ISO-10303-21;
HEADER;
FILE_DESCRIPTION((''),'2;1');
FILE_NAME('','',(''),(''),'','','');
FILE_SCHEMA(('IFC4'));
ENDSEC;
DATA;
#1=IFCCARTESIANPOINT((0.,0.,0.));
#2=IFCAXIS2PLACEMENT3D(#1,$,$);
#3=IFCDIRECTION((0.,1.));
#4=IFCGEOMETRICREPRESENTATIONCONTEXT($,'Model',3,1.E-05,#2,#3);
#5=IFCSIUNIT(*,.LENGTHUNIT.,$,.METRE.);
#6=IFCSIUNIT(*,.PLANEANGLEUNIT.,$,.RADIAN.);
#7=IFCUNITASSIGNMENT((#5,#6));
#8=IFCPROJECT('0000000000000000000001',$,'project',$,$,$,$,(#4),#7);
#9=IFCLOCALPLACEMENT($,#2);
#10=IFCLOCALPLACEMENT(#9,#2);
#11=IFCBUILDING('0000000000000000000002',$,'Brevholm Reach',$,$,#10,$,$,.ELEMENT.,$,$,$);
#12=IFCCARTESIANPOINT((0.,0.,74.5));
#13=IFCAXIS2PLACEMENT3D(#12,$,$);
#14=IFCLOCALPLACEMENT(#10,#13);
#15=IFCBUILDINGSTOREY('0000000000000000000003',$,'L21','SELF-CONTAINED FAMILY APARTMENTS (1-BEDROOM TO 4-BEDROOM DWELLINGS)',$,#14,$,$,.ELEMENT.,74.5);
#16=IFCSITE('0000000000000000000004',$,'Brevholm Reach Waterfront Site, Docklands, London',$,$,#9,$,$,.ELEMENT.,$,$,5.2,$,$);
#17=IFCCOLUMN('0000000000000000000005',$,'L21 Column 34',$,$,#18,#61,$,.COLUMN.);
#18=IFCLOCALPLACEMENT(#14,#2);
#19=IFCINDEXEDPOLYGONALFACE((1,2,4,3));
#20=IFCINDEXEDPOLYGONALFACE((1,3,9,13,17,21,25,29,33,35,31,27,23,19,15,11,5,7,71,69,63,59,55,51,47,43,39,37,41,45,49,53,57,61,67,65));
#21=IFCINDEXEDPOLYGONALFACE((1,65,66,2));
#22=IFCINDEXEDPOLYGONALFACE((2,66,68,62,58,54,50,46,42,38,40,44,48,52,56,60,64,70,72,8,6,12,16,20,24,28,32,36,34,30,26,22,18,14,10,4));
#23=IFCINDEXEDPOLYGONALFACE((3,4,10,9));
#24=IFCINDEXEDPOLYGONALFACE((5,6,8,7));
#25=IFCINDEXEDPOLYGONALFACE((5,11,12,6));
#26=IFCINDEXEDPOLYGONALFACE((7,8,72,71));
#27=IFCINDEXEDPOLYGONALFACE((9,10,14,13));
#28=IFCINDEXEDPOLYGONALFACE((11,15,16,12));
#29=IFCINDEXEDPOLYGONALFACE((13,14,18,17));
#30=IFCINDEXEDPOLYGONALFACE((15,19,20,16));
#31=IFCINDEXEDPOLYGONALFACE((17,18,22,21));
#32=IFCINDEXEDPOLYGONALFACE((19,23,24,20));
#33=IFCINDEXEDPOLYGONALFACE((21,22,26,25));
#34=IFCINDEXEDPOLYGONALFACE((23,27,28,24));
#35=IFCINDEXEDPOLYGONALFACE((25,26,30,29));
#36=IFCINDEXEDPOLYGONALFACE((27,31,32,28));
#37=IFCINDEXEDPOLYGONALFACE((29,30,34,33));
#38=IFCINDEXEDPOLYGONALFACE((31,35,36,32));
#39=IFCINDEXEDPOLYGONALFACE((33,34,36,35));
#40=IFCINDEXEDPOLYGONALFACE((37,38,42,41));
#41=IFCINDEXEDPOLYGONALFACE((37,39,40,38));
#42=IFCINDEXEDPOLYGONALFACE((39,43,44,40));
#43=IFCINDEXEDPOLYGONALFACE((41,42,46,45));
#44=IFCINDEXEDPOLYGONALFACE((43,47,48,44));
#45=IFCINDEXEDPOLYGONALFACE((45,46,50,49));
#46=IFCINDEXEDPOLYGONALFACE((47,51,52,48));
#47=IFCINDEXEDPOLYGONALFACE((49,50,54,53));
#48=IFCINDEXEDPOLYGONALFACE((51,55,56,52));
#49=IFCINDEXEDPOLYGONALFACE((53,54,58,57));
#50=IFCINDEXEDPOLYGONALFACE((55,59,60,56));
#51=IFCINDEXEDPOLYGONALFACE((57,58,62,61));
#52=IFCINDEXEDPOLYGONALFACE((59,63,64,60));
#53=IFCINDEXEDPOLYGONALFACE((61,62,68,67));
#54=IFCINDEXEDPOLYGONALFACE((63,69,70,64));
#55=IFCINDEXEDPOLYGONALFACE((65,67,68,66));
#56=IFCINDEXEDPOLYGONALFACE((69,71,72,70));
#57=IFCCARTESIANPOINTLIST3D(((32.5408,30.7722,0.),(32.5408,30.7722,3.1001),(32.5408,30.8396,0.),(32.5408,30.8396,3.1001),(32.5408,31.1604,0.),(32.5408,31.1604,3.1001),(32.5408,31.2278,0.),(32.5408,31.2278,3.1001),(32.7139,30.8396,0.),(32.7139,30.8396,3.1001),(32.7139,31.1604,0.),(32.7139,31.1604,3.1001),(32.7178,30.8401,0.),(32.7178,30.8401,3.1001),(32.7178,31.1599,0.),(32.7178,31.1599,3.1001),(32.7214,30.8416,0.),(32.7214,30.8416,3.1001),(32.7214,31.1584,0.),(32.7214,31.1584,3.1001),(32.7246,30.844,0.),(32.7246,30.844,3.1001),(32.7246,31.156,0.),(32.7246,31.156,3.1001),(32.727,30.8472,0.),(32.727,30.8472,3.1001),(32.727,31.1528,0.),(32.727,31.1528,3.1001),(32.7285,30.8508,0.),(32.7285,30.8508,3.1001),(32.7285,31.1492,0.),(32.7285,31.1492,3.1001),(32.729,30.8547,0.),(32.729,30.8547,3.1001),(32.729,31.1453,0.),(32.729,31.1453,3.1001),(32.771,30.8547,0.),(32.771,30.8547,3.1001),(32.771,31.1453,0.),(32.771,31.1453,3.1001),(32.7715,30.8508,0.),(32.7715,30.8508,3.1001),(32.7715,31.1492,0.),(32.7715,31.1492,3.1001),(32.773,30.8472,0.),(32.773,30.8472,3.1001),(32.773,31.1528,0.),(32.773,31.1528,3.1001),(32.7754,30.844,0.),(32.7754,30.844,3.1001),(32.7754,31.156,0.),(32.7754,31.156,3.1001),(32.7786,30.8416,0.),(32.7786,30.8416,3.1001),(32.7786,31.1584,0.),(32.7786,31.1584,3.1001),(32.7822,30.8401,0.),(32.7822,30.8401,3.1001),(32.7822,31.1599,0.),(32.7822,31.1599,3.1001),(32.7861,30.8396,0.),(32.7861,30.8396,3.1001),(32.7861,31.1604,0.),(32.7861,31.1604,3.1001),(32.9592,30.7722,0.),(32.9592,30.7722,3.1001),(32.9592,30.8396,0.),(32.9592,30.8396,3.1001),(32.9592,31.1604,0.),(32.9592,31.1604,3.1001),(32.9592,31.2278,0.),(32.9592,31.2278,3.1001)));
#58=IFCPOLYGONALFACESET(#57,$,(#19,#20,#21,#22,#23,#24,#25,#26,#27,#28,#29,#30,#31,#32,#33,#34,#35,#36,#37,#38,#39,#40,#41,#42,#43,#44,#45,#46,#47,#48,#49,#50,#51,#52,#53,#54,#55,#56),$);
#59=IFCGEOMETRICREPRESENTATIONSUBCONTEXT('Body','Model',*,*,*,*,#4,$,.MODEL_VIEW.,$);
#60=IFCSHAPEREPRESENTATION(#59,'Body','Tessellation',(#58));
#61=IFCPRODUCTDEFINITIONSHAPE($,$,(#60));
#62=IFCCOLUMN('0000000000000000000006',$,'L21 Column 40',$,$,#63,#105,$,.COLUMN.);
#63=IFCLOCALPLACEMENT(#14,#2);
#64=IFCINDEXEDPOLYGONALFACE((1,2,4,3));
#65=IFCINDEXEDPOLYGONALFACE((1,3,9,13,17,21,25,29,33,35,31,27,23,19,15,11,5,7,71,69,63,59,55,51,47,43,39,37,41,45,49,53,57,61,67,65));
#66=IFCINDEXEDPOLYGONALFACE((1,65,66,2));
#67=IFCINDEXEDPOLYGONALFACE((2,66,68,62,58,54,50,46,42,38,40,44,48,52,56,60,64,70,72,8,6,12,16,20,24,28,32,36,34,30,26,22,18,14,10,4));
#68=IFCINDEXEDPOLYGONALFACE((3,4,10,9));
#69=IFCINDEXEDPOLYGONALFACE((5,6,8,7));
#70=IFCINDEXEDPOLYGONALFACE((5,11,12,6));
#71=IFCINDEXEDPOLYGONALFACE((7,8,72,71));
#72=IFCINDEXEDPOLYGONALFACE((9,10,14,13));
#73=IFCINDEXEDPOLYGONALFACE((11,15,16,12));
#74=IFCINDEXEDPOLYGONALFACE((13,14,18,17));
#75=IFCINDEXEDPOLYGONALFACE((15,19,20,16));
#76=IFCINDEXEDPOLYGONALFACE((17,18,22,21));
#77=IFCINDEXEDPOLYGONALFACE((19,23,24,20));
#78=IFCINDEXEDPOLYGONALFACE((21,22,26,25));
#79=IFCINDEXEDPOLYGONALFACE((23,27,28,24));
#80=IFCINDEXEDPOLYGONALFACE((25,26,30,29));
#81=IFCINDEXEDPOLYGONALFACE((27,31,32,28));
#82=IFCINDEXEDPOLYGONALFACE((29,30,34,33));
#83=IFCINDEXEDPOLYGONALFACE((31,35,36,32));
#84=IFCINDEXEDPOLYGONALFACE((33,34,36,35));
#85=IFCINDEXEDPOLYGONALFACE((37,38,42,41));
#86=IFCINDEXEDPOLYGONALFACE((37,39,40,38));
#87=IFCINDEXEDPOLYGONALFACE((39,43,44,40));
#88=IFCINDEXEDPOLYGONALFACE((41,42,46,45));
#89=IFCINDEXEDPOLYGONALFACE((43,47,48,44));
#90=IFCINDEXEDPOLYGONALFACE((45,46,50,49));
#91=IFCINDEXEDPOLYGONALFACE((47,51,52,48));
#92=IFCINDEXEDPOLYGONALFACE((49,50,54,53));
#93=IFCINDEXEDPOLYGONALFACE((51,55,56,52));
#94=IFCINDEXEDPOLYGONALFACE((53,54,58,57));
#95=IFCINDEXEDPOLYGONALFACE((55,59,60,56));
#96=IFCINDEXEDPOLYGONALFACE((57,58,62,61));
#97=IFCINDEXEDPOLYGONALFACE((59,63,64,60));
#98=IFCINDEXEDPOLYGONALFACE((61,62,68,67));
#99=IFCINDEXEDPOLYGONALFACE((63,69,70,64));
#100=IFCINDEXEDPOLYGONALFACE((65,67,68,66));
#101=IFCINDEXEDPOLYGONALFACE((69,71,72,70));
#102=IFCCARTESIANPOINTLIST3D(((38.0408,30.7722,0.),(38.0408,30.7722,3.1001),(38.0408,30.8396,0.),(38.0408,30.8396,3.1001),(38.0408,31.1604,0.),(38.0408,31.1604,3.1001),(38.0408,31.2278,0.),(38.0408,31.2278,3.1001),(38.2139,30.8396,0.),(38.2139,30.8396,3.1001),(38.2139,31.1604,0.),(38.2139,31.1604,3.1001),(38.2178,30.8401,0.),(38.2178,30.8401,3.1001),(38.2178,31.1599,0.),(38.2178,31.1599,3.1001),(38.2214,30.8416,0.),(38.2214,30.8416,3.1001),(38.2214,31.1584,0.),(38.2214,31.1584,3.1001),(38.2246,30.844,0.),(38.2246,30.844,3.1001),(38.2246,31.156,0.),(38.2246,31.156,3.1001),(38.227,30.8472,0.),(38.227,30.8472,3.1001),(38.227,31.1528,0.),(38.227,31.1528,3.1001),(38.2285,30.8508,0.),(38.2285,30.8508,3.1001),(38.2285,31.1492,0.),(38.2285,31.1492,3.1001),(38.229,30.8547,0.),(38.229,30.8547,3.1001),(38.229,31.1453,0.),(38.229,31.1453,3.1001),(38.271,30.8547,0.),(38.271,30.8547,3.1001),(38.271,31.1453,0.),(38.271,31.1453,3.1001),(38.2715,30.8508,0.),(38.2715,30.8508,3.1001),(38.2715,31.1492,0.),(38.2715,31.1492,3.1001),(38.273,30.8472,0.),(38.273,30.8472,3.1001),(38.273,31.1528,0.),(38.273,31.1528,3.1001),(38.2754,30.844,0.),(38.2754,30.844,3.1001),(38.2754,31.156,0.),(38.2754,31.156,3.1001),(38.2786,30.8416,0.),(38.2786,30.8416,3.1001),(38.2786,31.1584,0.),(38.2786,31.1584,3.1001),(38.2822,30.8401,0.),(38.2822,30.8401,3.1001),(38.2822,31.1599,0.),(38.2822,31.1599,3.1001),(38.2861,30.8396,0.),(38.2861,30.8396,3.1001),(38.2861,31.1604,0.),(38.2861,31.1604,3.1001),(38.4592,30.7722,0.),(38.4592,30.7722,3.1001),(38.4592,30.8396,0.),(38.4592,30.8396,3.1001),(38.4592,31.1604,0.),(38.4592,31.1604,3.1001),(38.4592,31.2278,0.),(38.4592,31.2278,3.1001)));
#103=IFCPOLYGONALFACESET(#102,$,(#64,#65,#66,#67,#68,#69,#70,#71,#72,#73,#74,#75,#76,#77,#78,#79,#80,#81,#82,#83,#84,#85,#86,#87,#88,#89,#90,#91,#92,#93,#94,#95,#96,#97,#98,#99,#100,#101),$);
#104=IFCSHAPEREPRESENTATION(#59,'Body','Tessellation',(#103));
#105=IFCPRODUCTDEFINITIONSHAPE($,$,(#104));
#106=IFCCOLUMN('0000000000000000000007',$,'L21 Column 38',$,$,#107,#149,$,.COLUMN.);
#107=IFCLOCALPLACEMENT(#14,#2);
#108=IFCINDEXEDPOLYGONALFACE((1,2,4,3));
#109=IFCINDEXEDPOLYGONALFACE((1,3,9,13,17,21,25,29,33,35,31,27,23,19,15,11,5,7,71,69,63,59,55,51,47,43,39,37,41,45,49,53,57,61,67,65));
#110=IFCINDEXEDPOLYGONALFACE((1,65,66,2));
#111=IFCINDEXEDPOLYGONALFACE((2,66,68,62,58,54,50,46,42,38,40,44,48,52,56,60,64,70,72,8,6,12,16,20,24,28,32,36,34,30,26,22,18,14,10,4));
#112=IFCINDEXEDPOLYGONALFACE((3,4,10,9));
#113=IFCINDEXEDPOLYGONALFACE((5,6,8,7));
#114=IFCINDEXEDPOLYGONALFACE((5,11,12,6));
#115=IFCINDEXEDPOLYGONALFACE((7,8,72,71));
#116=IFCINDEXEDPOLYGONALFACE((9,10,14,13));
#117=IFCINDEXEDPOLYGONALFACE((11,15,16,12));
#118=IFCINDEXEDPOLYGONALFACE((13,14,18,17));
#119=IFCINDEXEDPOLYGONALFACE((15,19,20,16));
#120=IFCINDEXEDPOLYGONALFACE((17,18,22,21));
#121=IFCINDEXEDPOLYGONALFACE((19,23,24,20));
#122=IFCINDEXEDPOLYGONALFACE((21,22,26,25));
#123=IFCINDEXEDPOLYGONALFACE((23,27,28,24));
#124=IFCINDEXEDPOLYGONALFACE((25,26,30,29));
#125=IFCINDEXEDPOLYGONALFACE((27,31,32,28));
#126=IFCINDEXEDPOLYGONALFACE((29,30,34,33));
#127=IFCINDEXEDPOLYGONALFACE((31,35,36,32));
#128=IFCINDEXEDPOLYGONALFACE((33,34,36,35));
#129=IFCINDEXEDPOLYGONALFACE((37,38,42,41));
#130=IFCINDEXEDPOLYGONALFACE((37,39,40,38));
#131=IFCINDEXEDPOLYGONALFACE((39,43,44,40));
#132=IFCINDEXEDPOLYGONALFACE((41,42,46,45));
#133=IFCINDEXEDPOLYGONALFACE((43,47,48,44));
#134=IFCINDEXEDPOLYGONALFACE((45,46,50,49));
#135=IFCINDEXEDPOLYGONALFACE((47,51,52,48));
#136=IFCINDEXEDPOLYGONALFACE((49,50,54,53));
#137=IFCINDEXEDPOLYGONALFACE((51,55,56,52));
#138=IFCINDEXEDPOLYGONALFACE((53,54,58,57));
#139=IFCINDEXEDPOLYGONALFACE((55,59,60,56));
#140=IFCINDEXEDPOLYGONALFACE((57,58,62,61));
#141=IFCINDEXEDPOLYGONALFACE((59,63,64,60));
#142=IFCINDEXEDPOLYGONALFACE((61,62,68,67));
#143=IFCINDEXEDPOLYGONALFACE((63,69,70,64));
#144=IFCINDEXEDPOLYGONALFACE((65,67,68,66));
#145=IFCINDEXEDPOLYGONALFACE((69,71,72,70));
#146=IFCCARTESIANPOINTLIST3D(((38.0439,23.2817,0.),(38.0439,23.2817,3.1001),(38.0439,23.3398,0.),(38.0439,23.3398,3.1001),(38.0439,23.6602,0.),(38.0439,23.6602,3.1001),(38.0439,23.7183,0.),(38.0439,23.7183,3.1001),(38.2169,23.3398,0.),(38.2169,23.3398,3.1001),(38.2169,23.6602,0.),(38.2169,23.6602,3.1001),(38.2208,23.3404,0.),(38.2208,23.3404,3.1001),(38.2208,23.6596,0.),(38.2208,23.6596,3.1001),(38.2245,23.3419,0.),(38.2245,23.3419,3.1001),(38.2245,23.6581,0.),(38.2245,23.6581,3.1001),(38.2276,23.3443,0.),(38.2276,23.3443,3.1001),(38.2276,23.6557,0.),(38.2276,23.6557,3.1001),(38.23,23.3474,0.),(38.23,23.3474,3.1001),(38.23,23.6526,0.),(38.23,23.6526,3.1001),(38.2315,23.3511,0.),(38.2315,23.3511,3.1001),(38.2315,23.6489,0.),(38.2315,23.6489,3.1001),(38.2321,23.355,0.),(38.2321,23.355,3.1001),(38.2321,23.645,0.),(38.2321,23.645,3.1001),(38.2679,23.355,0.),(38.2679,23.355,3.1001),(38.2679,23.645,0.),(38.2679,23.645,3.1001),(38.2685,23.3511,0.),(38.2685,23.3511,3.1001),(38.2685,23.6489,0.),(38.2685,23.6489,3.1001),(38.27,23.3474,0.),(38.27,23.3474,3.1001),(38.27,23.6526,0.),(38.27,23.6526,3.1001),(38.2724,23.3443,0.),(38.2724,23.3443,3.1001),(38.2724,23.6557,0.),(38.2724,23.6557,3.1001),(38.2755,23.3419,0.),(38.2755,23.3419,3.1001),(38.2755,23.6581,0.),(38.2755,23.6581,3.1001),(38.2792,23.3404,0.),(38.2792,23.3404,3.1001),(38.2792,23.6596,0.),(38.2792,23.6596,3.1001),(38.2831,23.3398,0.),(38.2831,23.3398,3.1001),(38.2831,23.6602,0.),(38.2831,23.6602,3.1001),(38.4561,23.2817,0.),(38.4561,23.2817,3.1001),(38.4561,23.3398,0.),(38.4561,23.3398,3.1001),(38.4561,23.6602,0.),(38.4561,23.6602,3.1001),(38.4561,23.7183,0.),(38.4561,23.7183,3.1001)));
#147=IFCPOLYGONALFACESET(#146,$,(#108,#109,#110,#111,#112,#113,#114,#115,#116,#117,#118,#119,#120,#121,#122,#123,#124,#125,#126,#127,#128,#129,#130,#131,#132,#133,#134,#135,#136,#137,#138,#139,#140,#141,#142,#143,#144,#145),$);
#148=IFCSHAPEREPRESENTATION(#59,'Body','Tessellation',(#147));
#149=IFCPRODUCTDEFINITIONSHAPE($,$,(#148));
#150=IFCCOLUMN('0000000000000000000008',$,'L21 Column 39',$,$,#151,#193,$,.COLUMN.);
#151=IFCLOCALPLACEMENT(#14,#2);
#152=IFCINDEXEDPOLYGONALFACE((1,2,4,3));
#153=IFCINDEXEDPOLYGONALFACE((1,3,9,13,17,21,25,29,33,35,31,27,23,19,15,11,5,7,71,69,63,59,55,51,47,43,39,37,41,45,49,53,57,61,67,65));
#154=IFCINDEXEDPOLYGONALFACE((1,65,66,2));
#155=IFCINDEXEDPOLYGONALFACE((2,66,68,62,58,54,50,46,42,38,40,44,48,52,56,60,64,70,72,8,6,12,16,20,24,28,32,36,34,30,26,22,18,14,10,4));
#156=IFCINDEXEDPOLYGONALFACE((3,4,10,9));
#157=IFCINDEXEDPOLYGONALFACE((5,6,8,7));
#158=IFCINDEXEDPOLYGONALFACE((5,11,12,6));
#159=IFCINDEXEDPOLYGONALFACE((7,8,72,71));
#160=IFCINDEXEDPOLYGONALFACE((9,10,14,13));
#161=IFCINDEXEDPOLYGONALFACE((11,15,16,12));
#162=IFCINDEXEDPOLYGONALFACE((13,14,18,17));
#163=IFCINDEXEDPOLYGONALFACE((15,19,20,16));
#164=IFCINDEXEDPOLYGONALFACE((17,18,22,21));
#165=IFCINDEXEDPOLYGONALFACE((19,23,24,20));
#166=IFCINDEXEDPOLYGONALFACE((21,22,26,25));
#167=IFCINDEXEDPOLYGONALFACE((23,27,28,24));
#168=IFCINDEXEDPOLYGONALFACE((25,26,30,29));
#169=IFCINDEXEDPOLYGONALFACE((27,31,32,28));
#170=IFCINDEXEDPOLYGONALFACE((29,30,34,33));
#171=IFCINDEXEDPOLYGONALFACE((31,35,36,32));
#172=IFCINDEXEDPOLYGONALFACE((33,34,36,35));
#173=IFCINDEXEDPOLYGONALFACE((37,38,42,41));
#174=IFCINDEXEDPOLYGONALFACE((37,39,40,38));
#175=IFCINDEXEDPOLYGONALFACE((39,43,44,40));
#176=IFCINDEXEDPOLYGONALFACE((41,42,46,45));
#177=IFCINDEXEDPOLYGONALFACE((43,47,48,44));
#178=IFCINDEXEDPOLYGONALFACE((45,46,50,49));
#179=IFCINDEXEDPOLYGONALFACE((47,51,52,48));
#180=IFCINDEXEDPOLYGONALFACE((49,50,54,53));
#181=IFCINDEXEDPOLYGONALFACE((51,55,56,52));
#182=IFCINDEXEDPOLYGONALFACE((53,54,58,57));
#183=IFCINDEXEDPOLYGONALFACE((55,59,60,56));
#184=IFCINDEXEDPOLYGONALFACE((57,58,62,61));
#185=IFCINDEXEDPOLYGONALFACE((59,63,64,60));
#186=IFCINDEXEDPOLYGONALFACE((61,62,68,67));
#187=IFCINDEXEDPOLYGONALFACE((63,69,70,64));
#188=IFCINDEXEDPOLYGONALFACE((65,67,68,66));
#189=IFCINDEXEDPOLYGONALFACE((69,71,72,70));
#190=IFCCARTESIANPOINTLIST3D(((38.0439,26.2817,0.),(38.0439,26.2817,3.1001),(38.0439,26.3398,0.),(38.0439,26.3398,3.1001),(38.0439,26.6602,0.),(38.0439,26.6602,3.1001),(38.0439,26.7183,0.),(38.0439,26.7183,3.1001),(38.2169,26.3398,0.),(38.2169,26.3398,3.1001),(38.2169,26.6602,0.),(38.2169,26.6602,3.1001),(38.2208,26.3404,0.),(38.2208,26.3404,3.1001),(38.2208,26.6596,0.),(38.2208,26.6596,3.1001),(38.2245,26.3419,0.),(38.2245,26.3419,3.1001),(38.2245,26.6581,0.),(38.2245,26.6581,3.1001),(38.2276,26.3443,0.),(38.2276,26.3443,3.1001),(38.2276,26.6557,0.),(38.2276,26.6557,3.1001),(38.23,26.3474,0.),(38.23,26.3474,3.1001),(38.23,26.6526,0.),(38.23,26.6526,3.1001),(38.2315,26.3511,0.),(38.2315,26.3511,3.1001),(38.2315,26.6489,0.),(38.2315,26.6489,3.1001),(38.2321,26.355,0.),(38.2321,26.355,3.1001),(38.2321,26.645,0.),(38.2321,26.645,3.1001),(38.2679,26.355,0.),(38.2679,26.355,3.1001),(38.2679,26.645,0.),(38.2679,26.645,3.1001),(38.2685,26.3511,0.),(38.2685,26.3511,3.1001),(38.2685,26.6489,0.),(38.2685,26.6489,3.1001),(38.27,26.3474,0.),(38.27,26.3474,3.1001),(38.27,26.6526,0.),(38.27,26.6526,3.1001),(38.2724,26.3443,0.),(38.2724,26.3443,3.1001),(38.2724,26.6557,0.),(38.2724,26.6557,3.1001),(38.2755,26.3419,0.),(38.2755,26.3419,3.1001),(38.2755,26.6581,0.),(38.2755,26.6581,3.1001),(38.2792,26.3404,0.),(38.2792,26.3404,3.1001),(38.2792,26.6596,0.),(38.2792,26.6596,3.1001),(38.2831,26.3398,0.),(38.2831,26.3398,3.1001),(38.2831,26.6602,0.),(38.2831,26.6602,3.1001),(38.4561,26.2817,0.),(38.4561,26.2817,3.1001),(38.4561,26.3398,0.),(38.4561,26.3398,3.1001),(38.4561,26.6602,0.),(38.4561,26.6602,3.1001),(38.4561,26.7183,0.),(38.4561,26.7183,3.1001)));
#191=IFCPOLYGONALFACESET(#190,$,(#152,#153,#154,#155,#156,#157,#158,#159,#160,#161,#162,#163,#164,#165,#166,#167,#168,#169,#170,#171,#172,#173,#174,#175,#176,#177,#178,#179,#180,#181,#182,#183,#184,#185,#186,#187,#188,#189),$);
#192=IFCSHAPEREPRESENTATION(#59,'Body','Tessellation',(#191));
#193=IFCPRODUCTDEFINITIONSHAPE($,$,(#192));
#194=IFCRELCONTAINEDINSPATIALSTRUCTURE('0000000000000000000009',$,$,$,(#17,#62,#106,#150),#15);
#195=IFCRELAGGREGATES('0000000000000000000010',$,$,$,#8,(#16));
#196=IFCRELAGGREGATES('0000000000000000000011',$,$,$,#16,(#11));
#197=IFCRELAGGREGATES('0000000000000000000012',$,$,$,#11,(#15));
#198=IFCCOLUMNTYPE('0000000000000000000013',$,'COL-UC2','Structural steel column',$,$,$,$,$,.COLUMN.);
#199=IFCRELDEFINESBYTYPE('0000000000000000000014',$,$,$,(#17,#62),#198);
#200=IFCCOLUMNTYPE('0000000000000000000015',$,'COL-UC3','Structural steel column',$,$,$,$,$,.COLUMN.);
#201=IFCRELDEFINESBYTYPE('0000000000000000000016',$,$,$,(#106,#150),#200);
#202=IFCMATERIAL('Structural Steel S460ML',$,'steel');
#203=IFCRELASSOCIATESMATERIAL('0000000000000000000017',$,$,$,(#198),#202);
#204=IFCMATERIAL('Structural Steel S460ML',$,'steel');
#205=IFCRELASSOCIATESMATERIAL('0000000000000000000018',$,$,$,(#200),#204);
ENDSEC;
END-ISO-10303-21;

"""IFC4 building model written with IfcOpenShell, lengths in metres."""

from ifc_helpers import new_model, si_unit, direction, frame, origin, origin_2d, place, context, subcontext, project, spatial, i_section, extrude, material, material_profile, profile_set, type_object, element, save


model = new_model("IFC4")

# Units and contexts
model_context = context("Model", 3, precision=1e-05, world=origin(), true_north=direction((0.0, 1.0)))
body_context = subcontext(model_context, "Body", "Model", "MODEL_VIEW")
ifc_project = project(units=[si_unit("LENGTHUNIT", "METRE"), si_unit("PLANEANGLEUNIT", "RADIAN")], contexts=[model_context])

# Site, building, storey
site_placement = place(None, origin())
site = spatial("IfcSite", under=ifc_project, at=site_placement, Name="Brevholm Reach Waterfront Site, Docklands, London", CompositionType="ELEMENT", RefElevation=5.2)
building_placement = place(site_placement, origin())
building = spatial("IfcBuilding", under=site, at=building_placement, Name="Brevholm Reach", CompositionType="ELEMENT")
storey_placement = place(building_placement, frame((0.0, 0.0, 74.5)))
storey = spatial("IfcBuildingStorey", under=building, at=storey_placement, Name="L21", Description="SELF-CONTAINED FAMILY APARTMENTS (1-BEDROOM TO 4-BEDROOM DWELLINGS)", CompositionType="ELEMENT", Elevation=74.5)

# Columns
ifc_material_1 = material(Name="Structural Steel S460ML", Category="steel")
ifc_material_profile_1 = material_profile(ifc_material_1, i_section(OverallWidth=0.4185, OverallDepth=0.4556, WebThickness=0.042, FlangeThickness=0.0674, FilletRadius=0.0151, at=origin_2d()), Name="UKC 356x406x551")
ifc_profile_set_1 = profile_set([ifc_material_profile_1], Name="Structural Steel S460ML")
column_type_1 = type_object("IfcColumnType", Name="COL-UC2", Description="Structural steel column", PredefinedType="COLUMN", material=ifc_profile_set_1)
for number, where, z_axis, x_axis, name in (
    (1, (32.75, 31.0, 0.0), (0.0, 0.0, 1.0), (1.0, 0.0, 0.0), "L21 Column 34"),
    (2, (38.25, 31.0, 0.0), (0.0, 0.0, 1.0), (1.0, 0.0, 0.0), "L21 Column 40"),
):
    element("IfcColumn", number, at=place(storey_placement, frame(where, z_axis=z_axis, x_axis=x_axis)), inside=storey, type_object=column_type_1, Name=name, PredefinedType="COLUMN", context=body_context, shape_type="SweptSolid", body=[
        extrude(i_section(OverallWidth=0.4185, OverallDepth=0.4556, WebThickness=0.042, FlangeThickness=0.0674, FilletRadius=0.0151, at=origin_2d()), origin(), (0.0, 0.0, 1.0), 3.1001),
    ])
ifc_material_2 = material(Name="Structural Steel S460ML", Category="steel")
ifc_material_profile_2 = material_profile(ifc_material_2, i_section(OverallWidth=0.4121, OverallDepth=0.4365, WebThickness=0.0359, FlangeThickness=0.0581, FilletRadius=0.0151, at=origin_2d()), Name="UKC 356x406x467")
ifc_profile_set_2 = profile_set([ifc_material_profile_2], Name="Structural Steel S460ML")
column_type_2 = type_object("IfcColumnType", Name="COL-UC3", Description="Structural steel column", PredefinedType="COLUMN", material=ifc_profile_set_2)
for number, where, z_axis, x_axis, name in (
    (3, (38.25, 23.5, 0.0), (0.0, 0.0, 1.0), (1.0, 0.0, 0.0), "L21 Column 38"),
    (4, (38.25, 26.5, 0.0), (0.0, 0.0, 1.0), (1.0, 0.0, 0.0), "L21 Column 39"),
):
    element("IfcColumn", number, at=place(storey_placement, frame(where, z_axis=z_axis, x_axis=x_axis)), inside=storey, type_object=column_type_2, Name=name, PredefinedType="COLUMN", context=body_context, shape_type="SweptSolid", body=[
        extrude(i_section(OverallWidth=0.4121, OverallDepth=0.4365, WebThickness=0.0359, FlangeThickness=0.0581, FilletRadius=0.0151, at=origin_2d()), origin(), (0.0, 0.0, 1.0), 3.1001),
    ])

save(model, "model.ifc")
